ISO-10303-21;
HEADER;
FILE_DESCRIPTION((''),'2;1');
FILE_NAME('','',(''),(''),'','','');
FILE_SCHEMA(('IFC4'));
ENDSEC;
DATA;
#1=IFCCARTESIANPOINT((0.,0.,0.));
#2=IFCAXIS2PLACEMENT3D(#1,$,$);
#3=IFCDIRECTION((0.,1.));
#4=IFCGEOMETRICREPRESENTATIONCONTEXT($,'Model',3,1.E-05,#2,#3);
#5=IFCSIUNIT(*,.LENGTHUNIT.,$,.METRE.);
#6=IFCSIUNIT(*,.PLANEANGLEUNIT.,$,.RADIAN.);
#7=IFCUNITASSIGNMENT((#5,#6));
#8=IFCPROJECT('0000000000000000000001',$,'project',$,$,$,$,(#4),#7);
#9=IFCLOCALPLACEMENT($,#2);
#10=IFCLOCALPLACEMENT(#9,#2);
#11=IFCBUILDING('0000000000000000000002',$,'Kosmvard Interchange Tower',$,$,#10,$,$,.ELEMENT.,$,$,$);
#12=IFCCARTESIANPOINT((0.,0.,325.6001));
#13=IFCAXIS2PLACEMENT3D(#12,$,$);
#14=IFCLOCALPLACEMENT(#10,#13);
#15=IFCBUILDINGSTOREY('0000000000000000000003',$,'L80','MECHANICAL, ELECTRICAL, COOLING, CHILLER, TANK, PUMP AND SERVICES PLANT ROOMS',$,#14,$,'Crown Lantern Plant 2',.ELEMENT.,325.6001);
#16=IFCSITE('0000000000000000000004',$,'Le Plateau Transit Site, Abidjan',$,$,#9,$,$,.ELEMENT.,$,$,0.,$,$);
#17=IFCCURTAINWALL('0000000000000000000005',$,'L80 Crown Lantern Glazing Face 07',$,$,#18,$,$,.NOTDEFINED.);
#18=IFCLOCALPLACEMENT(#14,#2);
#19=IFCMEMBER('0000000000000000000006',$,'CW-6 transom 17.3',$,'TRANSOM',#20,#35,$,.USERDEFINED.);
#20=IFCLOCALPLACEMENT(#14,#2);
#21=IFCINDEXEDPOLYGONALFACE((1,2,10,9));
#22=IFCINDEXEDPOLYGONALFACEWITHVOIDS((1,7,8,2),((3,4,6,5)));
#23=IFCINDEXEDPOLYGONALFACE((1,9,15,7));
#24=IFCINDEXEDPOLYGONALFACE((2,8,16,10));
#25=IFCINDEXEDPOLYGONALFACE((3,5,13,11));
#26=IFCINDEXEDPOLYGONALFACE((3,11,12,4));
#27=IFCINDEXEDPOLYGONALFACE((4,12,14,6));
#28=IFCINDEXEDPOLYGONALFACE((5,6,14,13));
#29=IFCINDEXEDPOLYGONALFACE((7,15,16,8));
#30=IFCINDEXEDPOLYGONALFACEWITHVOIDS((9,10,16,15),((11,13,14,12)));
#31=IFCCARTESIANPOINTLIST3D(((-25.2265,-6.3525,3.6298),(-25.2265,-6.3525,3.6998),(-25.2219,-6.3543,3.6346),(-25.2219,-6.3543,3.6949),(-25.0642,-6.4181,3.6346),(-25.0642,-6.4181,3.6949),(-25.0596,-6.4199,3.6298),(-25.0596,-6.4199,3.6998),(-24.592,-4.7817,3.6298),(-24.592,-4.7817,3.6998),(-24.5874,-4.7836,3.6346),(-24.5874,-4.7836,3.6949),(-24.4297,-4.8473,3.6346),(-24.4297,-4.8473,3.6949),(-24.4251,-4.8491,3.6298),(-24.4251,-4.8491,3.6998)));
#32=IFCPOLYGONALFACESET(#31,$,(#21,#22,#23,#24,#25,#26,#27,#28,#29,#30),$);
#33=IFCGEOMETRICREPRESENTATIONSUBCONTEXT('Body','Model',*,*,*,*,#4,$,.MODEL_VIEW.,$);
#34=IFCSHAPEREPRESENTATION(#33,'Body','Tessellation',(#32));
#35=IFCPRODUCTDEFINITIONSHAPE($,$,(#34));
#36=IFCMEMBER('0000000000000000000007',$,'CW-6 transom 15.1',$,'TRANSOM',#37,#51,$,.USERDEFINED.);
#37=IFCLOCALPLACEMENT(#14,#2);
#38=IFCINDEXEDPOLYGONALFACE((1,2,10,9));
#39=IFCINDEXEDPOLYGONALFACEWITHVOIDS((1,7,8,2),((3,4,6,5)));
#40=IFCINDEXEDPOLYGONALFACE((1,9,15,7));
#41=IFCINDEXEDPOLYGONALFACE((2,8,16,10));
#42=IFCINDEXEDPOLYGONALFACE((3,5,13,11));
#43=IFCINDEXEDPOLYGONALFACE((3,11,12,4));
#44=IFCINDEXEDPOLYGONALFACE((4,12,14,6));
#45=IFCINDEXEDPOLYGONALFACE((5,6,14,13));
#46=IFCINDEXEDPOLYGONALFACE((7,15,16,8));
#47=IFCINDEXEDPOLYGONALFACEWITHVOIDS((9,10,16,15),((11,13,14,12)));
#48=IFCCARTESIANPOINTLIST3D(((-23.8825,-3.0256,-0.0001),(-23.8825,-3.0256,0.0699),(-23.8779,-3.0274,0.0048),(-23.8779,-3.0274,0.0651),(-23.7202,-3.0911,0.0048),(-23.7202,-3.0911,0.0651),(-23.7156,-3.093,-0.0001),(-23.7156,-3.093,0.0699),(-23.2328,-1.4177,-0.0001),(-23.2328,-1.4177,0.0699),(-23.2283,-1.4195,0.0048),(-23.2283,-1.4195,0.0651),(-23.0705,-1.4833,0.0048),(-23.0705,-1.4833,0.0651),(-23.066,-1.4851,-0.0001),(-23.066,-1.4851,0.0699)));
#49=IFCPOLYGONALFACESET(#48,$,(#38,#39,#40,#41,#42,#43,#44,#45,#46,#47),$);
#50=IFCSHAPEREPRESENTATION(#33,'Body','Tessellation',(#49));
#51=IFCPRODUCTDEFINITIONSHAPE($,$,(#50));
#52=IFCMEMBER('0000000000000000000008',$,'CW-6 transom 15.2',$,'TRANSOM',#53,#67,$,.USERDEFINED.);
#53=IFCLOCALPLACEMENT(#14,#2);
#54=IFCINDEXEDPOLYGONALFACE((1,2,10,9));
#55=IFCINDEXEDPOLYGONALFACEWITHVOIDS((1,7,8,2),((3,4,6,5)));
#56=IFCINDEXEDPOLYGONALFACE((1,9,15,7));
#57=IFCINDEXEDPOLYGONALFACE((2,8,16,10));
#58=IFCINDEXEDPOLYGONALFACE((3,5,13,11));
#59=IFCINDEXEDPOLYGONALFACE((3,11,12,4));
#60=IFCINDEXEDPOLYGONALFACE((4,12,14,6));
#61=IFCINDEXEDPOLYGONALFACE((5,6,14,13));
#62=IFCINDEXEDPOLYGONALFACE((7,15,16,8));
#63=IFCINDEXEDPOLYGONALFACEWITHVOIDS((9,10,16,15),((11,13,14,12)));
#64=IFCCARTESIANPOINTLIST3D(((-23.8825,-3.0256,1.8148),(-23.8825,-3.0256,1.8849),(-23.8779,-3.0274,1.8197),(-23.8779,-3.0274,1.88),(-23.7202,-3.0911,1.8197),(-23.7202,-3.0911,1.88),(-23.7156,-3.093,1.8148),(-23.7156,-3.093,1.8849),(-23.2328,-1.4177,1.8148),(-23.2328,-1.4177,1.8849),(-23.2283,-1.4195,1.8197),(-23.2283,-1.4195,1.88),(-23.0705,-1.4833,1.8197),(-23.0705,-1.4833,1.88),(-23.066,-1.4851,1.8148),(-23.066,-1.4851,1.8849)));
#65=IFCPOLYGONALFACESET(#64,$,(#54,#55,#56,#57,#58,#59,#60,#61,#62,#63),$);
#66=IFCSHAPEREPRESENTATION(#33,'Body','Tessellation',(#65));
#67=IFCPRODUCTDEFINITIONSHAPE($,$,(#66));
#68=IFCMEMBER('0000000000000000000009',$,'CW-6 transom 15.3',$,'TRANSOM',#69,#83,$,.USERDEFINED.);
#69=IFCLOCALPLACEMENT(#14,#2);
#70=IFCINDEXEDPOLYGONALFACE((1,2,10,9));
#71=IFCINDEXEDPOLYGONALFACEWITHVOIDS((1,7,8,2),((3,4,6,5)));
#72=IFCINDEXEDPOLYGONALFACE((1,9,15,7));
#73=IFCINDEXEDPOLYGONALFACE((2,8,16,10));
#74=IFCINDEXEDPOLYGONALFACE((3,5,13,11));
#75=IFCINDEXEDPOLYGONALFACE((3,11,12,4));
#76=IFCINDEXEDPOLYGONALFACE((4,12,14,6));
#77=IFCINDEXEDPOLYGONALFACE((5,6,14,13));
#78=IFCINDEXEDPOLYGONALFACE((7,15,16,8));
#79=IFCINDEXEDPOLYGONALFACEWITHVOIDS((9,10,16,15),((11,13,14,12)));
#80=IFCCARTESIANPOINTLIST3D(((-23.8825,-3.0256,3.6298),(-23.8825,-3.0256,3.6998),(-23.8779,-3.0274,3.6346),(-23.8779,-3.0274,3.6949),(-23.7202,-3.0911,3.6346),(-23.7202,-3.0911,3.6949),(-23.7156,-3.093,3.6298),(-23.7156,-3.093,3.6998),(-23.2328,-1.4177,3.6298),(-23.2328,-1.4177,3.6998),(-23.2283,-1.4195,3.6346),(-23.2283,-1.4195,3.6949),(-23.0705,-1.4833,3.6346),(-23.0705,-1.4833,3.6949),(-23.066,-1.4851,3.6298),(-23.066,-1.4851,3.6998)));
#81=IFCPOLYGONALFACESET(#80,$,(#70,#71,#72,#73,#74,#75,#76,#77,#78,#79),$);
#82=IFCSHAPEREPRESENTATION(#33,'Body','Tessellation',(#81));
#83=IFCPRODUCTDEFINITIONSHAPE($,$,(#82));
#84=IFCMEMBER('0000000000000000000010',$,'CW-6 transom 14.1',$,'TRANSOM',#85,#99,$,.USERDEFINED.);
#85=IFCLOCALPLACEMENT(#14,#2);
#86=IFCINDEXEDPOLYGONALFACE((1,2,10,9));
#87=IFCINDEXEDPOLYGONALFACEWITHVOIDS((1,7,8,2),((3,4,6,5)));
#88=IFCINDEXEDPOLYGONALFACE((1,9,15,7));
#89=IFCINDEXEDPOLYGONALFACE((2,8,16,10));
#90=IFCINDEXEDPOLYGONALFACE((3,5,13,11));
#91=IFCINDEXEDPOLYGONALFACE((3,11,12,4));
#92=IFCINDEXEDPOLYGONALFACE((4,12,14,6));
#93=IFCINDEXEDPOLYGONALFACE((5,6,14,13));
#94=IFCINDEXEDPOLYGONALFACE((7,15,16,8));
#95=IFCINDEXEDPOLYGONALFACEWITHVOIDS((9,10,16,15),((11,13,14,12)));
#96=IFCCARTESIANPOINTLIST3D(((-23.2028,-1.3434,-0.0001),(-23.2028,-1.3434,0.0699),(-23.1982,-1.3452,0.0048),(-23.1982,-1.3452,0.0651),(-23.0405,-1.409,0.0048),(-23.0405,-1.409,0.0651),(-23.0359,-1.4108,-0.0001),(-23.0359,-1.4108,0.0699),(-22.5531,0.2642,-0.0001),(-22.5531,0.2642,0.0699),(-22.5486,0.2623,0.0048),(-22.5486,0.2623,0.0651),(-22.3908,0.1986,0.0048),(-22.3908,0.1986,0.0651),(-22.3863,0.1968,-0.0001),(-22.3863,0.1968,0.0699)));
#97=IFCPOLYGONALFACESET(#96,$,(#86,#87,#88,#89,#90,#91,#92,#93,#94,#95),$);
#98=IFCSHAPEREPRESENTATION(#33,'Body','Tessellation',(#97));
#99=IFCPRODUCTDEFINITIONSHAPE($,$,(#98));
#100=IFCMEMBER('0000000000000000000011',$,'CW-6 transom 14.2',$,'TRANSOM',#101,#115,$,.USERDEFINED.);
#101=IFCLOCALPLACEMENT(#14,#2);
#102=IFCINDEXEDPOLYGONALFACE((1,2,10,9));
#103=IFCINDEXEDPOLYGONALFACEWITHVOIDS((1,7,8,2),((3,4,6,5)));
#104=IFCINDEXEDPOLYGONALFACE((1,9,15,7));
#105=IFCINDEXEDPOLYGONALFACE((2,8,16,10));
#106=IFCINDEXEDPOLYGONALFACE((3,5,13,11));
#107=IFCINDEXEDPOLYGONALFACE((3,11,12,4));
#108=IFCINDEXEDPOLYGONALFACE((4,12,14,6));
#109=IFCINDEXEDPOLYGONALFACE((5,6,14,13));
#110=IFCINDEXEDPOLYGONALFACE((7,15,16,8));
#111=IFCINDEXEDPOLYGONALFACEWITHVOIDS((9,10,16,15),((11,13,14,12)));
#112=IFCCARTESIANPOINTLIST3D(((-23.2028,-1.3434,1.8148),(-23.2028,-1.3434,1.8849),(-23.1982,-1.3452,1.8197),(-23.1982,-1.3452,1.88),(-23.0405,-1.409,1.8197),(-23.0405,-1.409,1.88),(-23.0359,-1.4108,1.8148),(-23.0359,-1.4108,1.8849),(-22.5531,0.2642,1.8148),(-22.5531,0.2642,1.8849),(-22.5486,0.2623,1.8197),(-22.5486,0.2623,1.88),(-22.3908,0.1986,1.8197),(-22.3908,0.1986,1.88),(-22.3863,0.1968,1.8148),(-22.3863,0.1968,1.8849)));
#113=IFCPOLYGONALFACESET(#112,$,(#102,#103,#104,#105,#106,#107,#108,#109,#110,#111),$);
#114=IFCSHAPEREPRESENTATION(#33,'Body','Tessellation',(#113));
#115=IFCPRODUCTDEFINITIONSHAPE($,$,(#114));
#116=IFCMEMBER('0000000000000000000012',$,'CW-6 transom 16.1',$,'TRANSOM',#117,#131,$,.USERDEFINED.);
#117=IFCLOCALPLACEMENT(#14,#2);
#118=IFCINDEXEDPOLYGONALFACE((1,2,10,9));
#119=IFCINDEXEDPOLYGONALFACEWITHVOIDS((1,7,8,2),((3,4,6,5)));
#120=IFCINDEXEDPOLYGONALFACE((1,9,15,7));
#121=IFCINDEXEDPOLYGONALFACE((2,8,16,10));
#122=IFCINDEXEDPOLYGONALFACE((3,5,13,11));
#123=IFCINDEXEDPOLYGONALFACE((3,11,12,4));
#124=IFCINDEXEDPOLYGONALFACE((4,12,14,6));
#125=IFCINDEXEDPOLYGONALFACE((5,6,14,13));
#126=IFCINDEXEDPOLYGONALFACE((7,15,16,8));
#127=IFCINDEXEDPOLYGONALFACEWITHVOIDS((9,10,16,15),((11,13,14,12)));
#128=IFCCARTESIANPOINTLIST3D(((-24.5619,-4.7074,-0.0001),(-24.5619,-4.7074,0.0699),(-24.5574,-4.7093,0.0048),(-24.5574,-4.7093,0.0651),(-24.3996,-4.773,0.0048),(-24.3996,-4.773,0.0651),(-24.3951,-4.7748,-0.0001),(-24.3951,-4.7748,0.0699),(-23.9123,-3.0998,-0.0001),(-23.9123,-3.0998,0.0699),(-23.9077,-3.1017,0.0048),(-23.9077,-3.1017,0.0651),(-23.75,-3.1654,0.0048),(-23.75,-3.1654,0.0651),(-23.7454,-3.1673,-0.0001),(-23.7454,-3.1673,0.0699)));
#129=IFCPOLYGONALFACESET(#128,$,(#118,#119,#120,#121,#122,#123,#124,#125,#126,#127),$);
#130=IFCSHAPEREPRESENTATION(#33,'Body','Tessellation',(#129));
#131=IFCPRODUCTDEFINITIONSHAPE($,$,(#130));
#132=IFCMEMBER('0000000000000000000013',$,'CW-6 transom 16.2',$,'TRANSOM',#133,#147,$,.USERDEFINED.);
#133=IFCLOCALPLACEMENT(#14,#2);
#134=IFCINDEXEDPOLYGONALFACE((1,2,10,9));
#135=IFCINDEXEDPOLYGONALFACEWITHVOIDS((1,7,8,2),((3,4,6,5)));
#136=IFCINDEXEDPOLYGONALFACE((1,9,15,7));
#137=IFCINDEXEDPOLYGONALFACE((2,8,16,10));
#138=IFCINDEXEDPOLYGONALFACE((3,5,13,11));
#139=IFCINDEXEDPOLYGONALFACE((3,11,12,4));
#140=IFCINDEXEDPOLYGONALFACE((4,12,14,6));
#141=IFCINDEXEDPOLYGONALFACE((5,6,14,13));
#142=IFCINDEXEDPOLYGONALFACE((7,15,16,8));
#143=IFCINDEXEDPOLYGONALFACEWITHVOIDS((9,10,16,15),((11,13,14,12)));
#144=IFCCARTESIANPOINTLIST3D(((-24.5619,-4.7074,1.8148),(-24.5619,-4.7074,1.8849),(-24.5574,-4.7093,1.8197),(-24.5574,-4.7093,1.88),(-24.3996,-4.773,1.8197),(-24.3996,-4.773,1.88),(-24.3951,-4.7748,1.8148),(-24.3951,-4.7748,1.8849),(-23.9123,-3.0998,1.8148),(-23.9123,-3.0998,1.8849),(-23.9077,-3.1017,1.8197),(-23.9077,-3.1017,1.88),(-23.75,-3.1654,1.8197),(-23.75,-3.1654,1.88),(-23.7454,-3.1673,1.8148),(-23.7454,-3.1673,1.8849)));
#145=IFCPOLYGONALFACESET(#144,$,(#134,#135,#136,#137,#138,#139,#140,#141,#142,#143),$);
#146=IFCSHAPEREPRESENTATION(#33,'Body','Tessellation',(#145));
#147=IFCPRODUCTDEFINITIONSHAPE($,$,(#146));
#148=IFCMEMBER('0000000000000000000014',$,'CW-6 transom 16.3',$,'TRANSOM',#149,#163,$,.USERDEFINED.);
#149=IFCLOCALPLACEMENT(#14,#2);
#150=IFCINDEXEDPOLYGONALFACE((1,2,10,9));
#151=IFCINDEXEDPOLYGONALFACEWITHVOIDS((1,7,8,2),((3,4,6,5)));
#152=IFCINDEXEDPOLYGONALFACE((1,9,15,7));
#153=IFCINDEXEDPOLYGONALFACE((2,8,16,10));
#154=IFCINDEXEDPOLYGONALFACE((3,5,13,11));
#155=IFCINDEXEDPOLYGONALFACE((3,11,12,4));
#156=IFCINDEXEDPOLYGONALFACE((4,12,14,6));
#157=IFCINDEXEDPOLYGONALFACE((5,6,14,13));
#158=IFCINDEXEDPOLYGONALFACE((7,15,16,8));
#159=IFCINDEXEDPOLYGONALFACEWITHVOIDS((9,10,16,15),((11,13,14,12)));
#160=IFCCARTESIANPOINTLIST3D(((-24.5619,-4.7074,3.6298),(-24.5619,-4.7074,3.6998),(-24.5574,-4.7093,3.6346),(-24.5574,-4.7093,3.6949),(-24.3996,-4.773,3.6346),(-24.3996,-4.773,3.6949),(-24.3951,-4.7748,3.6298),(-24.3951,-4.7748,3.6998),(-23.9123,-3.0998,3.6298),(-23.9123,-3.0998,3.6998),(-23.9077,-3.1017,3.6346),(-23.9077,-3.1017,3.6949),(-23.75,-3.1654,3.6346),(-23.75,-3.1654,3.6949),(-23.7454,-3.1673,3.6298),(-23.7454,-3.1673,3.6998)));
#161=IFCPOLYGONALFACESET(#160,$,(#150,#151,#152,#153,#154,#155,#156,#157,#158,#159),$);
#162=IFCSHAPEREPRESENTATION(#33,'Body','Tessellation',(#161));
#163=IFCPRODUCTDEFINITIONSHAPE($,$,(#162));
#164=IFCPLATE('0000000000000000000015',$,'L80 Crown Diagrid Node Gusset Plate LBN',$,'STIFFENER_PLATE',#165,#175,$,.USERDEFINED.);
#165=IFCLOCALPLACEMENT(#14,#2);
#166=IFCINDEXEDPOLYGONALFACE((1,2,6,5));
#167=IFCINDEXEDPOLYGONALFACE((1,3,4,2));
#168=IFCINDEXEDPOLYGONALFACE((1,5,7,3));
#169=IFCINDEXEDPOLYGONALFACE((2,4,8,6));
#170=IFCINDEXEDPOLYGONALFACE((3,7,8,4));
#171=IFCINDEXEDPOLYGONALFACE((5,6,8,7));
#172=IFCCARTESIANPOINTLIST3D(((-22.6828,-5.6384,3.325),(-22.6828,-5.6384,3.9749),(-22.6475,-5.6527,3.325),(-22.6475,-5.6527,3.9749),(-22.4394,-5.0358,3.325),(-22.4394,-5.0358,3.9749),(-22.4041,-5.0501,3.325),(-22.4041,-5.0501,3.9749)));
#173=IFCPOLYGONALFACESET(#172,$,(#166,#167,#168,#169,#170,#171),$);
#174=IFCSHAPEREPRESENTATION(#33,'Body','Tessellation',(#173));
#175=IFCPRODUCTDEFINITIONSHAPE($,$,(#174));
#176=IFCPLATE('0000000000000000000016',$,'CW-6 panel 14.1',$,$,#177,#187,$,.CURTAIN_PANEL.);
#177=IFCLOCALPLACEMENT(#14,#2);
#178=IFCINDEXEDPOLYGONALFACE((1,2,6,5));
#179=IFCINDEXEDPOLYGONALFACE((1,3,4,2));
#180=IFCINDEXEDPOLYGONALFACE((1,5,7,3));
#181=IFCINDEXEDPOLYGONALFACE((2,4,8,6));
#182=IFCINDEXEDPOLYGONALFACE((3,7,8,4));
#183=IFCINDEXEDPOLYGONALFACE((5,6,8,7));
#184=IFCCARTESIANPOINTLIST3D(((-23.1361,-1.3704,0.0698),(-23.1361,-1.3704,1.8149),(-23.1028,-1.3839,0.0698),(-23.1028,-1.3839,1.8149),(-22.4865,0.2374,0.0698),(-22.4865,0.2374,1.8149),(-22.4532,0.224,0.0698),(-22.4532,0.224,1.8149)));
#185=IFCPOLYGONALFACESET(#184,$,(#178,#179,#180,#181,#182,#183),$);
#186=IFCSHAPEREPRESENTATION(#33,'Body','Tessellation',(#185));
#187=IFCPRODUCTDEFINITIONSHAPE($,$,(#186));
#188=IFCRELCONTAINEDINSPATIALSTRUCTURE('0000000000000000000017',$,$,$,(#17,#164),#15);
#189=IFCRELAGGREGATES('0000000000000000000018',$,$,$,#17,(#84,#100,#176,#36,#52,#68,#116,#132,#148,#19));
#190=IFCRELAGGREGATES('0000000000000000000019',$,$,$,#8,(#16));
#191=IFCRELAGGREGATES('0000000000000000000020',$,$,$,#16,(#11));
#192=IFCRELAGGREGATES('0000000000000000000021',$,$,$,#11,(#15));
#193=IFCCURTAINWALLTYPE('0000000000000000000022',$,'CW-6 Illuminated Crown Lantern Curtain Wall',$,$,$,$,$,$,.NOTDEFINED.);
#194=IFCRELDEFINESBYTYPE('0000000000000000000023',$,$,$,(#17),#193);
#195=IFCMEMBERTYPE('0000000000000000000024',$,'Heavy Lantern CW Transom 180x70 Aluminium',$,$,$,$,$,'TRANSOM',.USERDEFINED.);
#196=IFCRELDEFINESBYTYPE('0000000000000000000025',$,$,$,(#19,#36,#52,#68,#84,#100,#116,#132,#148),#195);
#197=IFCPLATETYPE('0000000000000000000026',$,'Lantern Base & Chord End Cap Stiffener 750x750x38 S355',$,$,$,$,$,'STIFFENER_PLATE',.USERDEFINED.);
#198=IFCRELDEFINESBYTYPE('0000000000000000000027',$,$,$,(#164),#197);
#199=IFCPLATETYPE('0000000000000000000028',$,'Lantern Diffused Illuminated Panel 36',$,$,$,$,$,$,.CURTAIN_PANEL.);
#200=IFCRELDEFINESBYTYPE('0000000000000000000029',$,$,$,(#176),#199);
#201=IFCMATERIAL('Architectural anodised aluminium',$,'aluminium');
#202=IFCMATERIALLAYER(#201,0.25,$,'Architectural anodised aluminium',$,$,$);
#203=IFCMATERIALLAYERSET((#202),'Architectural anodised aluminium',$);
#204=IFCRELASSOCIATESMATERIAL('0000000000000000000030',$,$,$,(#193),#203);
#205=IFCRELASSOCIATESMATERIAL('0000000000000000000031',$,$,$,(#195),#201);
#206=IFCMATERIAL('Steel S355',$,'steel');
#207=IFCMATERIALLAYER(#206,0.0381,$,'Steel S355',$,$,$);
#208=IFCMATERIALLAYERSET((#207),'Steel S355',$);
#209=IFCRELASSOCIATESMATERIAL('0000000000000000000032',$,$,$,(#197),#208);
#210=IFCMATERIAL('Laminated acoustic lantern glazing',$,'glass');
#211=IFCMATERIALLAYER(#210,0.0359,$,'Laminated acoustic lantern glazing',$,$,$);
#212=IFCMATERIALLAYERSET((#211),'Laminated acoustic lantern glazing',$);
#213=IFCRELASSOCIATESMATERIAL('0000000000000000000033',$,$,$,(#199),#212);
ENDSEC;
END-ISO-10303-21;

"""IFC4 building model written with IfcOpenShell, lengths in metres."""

from ifc_helpers import new_model, si_unit, direction, frame, origin, origin_2d, place, context, subcontext, project, spatial, rectangle, hollow_rectangle, extrude, source, transform, mapped, material, layer, layer_set, material_profile, profile_set, type_object, element, aggregate, save


model = new_model("IFC4")

# Units and contexts
model_context = context("Model", 3, precision=1e-05, world=origin(), true_north=direction((0.0, 1.0)))
body_context = subcontext(model_context, "Body", "Model", "MODEL_VIEW")
ifc_project = project(units=[si_unit("LENGTHUNIT", "METRE"), si_unit("PLANEANGLEUNIT", "RADIAN")], contexts=[model_context])

# Site, building, storey
site_placement = place(None, origin())
site = spatial("IfcSite", under=ifc_project, at=site_placement, Name="Le Plateau Transit Site, Abidjan", CompositionType="ELEMENT", RefElevation=0.0)
building_placement = place(site_placement, origin())
building = spatial("IfcBuilding", under=site, at=building_placement, Name="Kosmvard Interchange Tower", CompositionType="ELEMENT")
storey_placement = place(building_placement, frame((0.0, 0.0, 325.6001)))
storey = spatial("IfcBuildingStorey", under=building, at=storey_placement, Name="L80", Description="MECHANICAL, ELECTRICAL, COOLING, CHILLER, TANK, PUMP AND SERVICES PLANT ROOMS", LongName="Crown Lantern Plant 2", CompositionType="ELEMENT", Elevation=325.6001)

# Shared definitions
ifc_material_1 = material(Name="Steel S355", Category="steel")

# Curtain wall, members
ifc_material_2 = material(Name="Architectural anodised aluminium", Category="aluminium")
ifc_layer_1 = layer(ifc_material_2, 0.25, Name="Architectural anodised aluminium")
ifc_layer_set_1 = layer_set([ifc_layer_1], Name="Architectural anodised aluminium")
curtain_wall_type = type_object("IfcCurtainWallType", Name="CW-6 Illuminated Crown Lantern Curtain Wall", PredefinedType="NOTDEFINED", material=ifc_layer_set_1)
curtain_wall_placement = place(storey_placement, origin())
curtain_wall = element("IfcCurtainWall", 1, at=curtain_wall_placement, inside=storey, type_object=curtain_wall_type, Name="L80 Crown Lantern Glazing Face 07", PredefinedType="NOTDEFINED")
ifc_material_profile_1 = material_profile(ifc_material_2, hollow_rectangle(XDim=0.1799, YDim=0.0701, WallThickness=0.0049, at=origin_2d()), Name="CWT 180x70x5")
ifc_profile_set_1 = profile_set([ifc_material_profile_1], Name="Architectural anodised aluminium")
member_type_1 = type_object("IfcMemberType", Name="Heavy Lantern CW Transom 180x70 Aluminium", ElementType="TRANSOM", PredefinedType="USERDEFINED", material=ifc_profile_set_1)
shared_shape_1 = source(origin(), body_context, "Body", "SweptSolid", [
    extrude(hollow_rectangle(XDim=0.1799, YDim=0.0701, WallThickness=0.0049, at=origin_2d()), origin(), (0.0, 0.0, 1.0), 1.6941),
])
member_1_placement = place(storey_placement, frame((-24.5085, -4.8154, 3.6648), z_axis=(-0.374544, -0.927209, 0.0), x_axis=(0.927209, -0.374544, 0.0)))
member_1 = element("IfcMember", 2, at=member_1_placement, type_object=member_type_1, Name="CW-6 transom 17.3", ObjectType="TRANSOM", PredefinedType="USERDEFINED", context=body_context, shape_type="MappedRepresentation", body=[
    mapped(shared_shape_1, transform((0.0, 0.0, 0.0), scale=1.0)),
])
shared_shape_2 = source(origin(), body_context, "Body", "SweptSolid", [
    extrude(hollow_rectangle(XDim=0.1799, YDim=0.0701, WallThickness=0.0049, at=origin_2d()), origin(), (0.0, 0.0, 1.0), 1.7341),
])
member_2_placement = place(storey_placement, frame((-23.1494, -1.4514, 0.0349), z_axis=(-0.374617, -0.92718, 0.0), x_axis=(0.92718, -0.374617, 0.0)))
member_2 = element("IfcMember", 3, at=member_2_placement, type_object=member_type_1, Name="CW-6 transom 15.1", ObjectType="TRANSOM", PredefinedType="USERDEFINED", context=body_context, shape_type="MappedRepresentation", body=[
    mapped(shared_shape_2, transform((0.0, 0.0, 0.0), scale=1.0)),
])
member_3_placement = place(storey_placement, frame((-23.1494, -1.4514, 1.8499), z_axis=(-0.374617, -0.92718, 0.0), x_axis=(0.92718, -0.374617, 0.0)))
member_3 = element("IfcMember", 4, at=member_3_placement, type_object=member_type_1, Name="CW-6 transom 15.2", ObjectType="TRANSOM", PredefinedType="USERDEFINED", context=body_context, shape_type="MappedRepresentation", body=[
    mapped(shared_shape_2, transform((0.0, 0.0, 0.0), scale=1.0)),
])
member_4_placement = place(storey_placement, frame((-23.1494, -1.4514, 3.6648), z_axis=(-0.374617, -0.92718, 0.0), x_axis=(0.92718, -0.374617, 0.0)))
member_4 = element("IfcMember", 5, at=member_4_placement, type_object=member_type_1, Name="CW-6 transom 15.3", ObjectType="TRANSOM", PredefinedType="USERDEFINED", context=body_context, shape_type="MappedRepresentation", body=[
    mapped(shared_shape_2, transform((0.0, 0.0, 0.0), scale=1.0)),
])
shared_shape_3 = source(origin(), body_context, "Body", "SweptSolid", [
    extrude(hollow_rectangle(XDim=0.1799, YDim=0.0701, WallThickness=0.0049, at=origin_2d()), origin(), (0.0, 0.0, 1.0), 1.7339),
])
member_5_placement = place(storey_placement, frame((-22.4697, 0.2305, 0.0349), z_axis=(-0.374666, -0.92716, 0.0), x_axis=(0.92716, -0.374666, 0.0)))
member_5 = element("IfcMember", 6, at=member_5_placement, type_object=member_type_1, Name="CW-6 transom 14.1", ObjectType="TRANSOM", PredefinedType="USERDEFINED", context=body_context, shape_type="MappedRepresentation", body=[
    mapped(shared_shape_3, transform((0.0, 0.0, 0.0), scale=1.0)),
])
member_6_placement = place(storey_placement, frame((-22.4697, 0.2305, 1.8499), z_axis=(-0.374666, -0.92716, 0.0), x_axis=(0.92716, -0.374666, 0.0)))
member_6 = element("IfcMember", 7, at=member_6_placement, type_object=member_type_1, Name="CW-6 transom 14.2", ObjectType="TRANSOM", PredefinedType="USERDEFINED", context=body_context, shape_type="MappedRepresentation", body=[
    mapped(shared_shape_3, transform((0.0, 0.0, 0.0), scale=1.0)),
])
member_7_placement = place(storey_placement, frame((-23.8289, -3.1335, 0.0349), z_axis=(-0.374666, -0.92716, 0.0), x_axis=(0.92716, -0.374666, 0.0)))
member_7 = element("IfcMember", 8, at=member_7_placement, type_object=member_type_1, Name="CW-6 transom 16.1", ObjectType="TRANSOM", PredefinedType="USERDEFINED", context=body_context, shape_type="MappedRepresentation", body=[
    mapped(shared_shape_3, transform((0.0, 0.0, 0.0), scale=1.0)),
])
member_8_placement = place(storey_placement, frame((-23.8289, -3.1335, 1.8499), z_axis=(-0.374666, -0.92716, 0.0), x_axis=(0.92716, -0.374666, 0.0)))
member_8 = element("IfcMember", 9, at=member_8_placement, type_object=member_type_1, Name="CW-6 transom 16.2", ObjectType="TRANSOM", PredefinedType="USERDEFINED", context=body_context, shape_type="MappedRepresentation", body=[
    mapped(shared_shape_3, transform((0.0, 0.0, 0.0), scale=1.0)),
])
member_9_placement = place(storey_placement, frame((-23.8289, -3.1335, 3.6648), z_axis=(-0.374666, -0.92716, 0.0), x_axis=(0.92716, -0.374666, 0.0)))
member_9 = element("IfcMember", 10, at=member_9_placement, type_object=member_type_1, Name="CW-6 transom 16.3", ObjectType="TRANSOM", PredefinedType="USERDEFINED", context=body_context, shape_type="MappedRepresentation", body=[
    mapped(shared_shape_3, transform((0.0, 0.0, 0.0), scale=1.0)),
])

# Plates
ifc_layer_2 = layer(ifc_material_1, 0.0381, Name="Steel S355")
ifc_layer_set_2 = layer_set([ifc_layer_2], Name="Steel S355")
plate_type_1 = type_object("IfcPlateType", Name="Lantern Base & Chord End Cap Stiffener 750x750x38 S355", ElementType="STIFFENER_PLATE", PredefinedType="USERDEFINED", material=ifc_layer_set_2)
shared_shape_4 = source(origin(), body_context, "Body", "SweptSolid", [
    extrude(rectangle(XDim=0.6499, YDim=0.0381, at=origin_2d()), origin(), (0.0, 0.0, 1.0), 0.6499),
])
plate_1_placement = place(storey_placement, frame((-22.5435, -5.3442, 3.325), z_axis=(0.0, 0.0, 1.0), x_axis=(0.374607, 0.927184, 0.0)))
element("IfcPlate", 11, at=plate_1_placement, inside=storey, type_object=plate_type_1, Name="L80 Crown Diagrid Node Gusset Plate LBN", ObjectType="STIFFENER_PLATE", PredefinedType="USERDEFINED", context=body_context, shape_type="MappedRepresentation", body=[
    mapped(shared_shape_4, transform((0.0, 0.0, 0.0), scale=1.0)),
])
ifc_material_3 = material(Name="Laminated acoustic lantern glazing", Category="glass")
ifc_layer_3 = layer(ifc_material_3, 0.0359, Name="Laminated acoustic lantern glazing")
ifc_layer_set_3 = layer_set([ifc_layer_3], Name="Laminated acoustic lantern glazing")
plate_type_2 = type_object("IfcPlateType", Name="Lantern Diffused Illuminated Panel 36", PredefinedType="CURTAIN_PANEL", material=ifc_layer_set_3)
shared_shape_5 = source(origin(), body_context, "Body", "SweptSolid", [
    extrude(rectangle(XDim=1.7341, YDim=0.0359, at=origin_2d()), origin(), (0.0, 0.0, 1.0), 1.7451),
])
plate_2_placement = place(storey_placement, frame((-22.7947, -0.5732, 0.0698), z_axis=(0.0, 0.0, 1.0), x_axis=(-0.374607, -0.927184, 0.0)))
plate_2 = element("IfcPlate", 12, at=plate_2_placement, type_object=plate_type_2, Name="CW-6 panel 14.1", PredefinedType="CURTAIN_PANEL", context=body_context, shape_type="MappedRepresentation", body=[
    mapped(shared_shape_5, transform((0.0, 0.0, 0.0), scale=1.0)),
])
aggregate(curtain_wall, [member_5, member_6, plate_2, member_2, member_3, member_4, member_7, member_8, member_9, member_1])

save(model, "model.ifc")
